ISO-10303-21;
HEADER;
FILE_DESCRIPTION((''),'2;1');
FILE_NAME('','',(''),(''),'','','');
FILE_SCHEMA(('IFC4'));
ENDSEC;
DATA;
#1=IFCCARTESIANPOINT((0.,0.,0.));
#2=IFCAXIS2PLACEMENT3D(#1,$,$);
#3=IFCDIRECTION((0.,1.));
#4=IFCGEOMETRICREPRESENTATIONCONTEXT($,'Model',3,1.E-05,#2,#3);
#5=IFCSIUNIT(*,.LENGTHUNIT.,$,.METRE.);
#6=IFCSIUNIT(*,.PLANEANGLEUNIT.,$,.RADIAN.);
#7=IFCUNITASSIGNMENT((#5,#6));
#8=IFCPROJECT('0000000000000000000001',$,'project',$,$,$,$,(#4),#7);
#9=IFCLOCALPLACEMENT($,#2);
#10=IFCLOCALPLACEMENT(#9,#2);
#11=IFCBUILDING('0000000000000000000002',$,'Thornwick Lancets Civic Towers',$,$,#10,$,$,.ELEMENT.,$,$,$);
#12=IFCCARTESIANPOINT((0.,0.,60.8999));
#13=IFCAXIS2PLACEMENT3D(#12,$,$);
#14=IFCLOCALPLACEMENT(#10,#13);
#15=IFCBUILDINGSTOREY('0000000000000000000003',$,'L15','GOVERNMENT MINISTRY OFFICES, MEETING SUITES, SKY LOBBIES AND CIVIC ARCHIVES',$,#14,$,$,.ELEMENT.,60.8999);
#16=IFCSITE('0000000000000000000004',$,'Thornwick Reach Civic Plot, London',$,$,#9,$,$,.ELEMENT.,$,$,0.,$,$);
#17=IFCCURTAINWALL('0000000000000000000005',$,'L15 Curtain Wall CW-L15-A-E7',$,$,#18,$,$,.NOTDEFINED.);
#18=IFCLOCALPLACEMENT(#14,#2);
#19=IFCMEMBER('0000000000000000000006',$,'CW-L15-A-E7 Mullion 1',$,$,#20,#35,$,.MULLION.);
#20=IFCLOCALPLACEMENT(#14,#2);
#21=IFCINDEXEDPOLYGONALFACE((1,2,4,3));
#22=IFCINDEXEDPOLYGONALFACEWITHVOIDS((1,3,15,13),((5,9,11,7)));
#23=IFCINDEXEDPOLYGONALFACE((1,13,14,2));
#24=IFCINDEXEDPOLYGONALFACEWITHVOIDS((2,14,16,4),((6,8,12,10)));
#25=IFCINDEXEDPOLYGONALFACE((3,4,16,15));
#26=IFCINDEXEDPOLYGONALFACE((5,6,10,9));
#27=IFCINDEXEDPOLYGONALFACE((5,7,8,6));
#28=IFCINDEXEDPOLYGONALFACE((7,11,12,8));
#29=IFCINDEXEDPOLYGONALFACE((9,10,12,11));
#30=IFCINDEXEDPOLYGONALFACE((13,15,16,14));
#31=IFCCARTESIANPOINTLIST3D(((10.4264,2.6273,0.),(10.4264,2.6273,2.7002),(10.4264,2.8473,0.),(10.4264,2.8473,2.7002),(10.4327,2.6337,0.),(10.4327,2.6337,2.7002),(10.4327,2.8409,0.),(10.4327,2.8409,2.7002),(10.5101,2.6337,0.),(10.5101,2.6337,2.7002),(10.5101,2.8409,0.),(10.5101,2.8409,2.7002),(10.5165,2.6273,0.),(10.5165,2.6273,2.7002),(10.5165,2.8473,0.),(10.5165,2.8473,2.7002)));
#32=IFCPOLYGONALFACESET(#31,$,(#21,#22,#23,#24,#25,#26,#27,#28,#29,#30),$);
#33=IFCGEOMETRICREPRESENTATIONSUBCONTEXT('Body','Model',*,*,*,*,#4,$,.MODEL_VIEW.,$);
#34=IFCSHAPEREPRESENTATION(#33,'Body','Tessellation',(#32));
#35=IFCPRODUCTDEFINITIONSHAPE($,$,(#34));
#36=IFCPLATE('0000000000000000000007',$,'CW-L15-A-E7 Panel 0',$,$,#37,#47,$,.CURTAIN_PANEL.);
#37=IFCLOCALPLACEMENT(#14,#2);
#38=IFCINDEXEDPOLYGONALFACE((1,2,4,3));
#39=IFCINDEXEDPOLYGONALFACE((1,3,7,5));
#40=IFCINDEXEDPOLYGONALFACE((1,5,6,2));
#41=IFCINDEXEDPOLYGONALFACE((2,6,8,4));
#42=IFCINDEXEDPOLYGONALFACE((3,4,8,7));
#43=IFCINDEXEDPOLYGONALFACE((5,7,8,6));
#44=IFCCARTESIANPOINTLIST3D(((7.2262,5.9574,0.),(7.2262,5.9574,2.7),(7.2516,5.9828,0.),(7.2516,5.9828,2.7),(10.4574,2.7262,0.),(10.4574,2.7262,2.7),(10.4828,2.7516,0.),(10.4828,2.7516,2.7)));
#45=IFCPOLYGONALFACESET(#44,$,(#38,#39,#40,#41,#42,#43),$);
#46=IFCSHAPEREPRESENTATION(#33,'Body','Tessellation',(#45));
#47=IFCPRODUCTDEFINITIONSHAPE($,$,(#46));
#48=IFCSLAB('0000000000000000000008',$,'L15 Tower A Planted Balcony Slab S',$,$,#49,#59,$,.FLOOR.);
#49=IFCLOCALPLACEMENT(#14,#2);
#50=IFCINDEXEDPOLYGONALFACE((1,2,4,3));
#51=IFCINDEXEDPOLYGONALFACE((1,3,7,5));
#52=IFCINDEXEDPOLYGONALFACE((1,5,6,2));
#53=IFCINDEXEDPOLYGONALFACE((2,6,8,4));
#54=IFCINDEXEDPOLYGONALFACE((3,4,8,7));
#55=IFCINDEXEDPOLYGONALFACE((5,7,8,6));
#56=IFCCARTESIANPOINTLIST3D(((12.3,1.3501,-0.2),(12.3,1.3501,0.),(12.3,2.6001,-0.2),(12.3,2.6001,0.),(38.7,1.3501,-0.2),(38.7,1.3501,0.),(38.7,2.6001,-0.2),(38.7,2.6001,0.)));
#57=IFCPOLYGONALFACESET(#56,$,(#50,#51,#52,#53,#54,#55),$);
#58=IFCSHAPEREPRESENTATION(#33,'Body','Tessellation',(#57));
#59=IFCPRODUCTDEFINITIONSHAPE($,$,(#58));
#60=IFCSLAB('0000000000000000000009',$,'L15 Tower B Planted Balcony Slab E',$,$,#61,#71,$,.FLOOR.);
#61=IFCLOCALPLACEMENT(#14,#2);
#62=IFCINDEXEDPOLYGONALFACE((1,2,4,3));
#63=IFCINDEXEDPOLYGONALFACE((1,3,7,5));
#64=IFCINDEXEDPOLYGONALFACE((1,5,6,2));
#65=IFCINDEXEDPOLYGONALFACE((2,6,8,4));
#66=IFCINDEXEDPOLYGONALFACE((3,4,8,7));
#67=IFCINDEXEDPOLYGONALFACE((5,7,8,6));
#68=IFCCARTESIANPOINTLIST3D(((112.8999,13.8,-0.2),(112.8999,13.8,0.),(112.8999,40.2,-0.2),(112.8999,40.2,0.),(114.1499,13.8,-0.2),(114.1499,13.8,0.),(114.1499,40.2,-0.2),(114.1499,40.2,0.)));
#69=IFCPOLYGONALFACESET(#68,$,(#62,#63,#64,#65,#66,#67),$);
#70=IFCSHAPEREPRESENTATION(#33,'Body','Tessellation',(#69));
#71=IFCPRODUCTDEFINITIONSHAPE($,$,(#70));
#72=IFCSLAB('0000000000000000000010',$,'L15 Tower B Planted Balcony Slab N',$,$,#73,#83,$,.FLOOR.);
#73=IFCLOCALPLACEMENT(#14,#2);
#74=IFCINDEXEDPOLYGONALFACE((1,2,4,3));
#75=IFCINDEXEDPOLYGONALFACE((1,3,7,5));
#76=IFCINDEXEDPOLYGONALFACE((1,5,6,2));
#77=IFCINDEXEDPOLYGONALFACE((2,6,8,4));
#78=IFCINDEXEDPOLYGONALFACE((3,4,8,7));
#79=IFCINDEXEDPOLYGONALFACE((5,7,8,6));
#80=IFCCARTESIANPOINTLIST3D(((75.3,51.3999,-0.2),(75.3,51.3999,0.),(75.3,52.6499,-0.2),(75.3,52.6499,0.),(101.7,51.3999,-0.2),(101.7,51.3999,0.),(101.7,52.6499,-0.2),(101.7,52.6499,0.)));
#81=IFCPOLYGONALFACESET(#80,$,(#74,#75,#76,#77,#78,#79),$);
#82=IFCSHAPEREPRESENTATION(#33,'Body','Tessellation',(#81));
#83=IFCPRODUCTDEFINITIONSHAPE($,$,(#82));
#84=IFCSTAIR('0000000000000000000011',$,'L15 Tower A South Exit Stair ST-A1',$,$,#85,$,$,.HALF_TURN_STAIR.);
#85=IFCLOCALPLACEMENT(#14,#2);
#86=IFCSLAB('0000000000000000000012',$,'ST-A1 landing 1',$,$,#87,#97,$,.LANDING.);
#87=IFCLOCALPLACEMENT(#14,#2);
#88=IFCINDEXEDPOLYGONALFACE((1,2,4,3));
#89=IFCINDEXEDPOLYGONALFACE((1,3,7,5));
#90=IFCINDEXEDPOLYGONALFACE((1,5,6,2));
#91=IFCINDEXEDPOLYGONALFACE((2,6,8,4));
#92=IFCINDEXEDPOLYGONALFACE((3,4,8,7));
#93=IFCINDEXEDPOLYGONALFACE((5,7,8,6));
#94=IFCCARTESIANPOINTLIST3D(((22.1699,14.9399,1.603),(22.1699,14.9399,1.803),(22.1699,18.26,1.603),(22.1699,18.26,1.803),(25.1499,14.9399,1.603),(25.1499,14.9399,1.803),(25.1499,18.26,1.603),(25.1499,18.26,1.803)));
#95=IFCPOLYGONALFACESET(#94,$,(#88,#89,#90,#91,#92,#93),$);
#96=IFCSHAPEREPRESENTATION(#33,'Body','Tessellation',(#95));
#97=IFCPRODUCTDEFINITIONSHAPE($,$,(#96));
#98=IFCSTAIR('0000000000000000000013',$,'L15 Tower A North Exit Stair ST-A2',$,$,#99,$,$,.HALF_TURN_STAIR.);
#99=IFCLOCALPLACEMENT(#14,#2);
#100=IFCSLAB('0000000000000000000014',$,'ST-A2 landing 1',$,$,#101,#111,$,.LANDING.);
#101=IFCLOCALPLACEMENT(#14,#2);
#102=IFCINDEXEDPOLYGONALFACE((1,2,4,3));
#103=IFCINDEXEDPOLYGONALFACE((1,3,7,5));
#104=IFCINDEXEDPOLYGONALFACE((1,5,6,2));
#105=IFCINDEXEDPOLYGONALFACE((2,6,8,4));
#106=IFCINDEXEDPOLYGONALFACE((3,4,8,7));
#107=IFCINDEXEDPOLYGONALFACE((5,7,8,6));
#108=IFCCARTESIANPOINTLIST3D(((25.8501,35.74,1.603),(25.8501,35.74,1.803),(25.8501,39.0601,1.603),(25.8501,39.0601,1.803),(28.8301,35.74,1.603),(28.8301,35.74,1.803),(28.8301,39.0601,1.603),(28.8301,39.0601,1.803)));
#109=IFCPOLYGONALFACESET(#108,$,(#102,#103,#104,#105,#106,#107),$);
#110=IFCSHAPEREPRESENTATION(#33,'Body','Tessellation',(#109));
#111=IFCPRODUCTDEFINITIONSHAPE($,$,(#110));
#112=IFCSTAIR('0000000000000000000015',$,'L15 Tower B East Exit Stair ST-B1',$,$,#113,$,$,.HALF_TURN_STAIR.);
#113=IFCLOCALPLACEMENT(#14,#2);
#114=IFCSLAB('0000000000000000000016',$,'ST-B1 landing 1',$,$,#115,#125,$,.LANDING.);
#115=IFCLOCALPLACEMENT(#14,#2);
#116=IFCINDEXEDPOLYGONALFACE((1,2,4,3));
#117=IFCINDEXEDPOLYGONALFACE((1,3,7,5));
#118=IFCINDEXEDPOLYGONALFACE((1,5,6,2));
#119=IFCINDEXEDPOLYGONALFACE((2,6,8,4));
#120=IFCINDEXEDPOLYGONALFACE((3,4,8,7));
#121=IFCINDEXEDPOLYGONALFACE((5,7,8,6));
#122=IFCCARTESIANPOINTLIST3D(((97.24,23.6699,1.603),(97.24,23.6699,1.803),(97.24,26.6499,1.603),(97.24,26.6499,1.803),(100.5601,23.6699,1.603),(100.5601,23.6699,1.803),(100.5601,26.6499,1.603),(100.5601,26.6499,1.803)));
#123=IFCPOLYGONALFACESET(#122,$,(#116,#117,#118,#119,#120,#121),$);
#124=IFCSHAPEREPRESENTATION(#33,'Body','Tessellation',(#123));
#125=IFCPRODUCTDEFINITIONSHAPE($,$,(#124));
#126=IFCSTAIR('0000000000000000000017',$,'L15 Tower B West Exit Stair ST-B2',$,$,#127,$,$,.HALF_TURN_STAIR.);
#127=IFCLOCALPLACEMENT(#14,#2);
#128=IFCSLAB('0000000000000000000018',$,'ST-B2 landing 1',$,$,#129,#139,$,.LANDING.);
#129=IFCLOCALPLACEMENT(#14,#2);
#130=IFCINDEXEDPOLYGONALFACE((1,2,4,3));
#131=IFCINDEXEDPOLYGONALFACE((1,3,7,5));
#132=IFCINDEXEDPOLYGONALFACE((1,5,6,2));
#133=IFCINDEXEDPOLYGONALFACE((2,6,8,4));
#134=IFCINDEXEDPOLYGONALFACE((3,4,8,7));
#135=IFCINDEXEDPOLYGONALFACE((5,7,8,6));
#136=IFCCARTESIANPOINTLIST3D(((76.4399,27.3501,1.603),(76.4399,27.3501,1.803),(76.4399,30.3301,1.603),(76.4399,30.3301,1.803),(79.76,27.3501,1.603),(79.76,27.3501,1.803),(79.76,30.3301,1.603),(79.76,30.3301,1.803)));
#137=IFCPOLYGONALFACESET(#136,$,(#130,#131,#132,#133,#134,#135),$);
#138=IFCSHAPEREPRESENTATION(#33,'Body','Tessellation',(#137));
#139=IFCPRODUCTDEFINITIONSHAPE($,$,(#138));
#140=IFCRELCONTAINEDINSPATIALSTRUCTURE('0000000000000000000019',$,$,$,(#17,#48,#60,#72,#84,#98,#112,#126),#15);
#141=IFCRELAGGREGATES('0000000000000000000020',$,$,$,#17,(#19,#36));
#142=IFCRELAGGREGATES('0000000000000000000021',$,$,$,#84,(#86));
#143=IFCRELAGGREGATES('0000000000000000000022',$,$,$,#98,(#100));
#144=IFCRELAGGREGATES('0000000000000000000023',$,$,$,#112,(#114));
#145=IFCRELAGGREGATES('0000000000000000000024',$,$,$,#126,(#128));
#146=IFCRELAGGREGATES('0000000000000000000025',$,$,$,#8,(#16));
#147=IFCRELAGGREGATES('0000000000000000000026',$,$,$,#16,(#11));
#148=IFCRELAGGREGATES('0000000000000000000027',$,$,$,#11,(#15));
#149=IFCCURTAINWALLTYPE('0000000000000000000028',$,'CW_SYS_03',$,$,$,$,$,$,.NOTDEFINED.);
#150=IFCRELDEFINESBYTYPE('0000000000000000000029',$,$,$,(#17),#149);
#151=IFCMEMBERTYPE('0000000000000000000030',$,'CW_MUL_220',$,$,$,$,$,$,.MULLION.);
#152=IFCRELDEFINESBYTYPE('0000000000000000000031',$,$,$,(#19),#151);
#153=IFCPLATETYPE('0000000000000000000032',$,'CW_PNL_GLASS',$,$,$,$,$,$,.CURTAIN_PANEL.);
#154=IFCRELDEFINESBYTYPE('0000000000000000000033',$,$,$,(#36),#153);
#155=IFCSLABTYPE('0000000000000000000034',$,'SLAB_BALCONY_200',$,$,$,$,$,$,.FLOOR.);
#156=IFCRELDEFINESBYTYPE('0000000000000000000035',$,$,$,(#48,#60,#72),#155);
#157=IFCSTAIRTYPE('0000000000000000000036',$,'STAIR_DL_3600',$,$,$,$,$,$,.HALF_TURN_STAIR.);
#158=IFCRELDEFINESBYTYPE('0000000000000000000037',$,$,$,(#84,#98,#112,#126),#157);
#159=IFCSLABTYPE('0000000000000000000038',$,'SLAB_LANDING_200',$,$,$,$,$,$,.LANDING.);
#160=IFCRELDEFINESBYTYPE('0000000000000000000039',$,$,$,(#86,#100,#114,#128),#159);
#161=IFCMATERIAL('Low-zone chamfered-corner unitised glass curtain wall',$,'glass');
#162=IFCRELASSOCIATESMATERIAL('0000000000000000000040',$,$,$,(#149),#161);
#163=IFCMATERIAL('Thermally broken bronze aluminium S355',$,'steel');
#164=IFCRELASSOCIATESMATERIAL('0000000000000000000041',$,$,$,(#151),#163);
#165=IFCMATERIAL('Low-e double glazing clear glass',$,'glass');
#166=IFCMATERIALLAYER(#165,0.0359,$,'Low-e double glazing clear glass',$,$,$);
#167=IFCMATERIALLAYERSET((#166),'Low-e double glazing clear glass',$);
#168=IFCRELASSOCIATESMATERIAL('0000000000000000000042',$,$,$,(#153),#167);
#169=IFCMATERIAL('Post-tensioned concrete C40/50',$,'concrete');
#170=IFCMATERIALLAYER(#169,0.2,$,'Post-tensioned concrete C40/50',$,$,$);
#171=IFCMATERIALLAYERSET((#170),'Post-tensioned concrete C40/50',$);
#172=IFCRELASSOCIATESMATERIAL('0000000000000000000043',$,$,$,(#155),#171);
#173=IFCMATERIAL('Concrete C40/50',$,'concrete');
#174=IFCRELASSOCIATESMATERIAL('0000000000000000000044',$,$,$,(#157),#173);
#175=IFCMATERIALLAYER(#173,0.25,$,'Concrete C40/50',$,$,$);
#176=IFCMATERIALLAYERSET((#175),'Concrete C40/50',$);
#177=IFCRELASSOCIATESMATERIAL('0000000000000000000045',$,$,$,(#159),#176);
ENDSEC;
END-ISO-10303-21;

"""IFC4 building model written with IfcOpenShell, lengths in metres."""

from ifc_helpers import new_model, si_unit, direction, frame, origin, origin_2d, place, context, subcontext, project, spatial, polyline, rectangle, hollow_rectangle, outline, extrude, material, layer, layer_set, material_profile, profile_set, type_object, element, aggregate, save


model = new_model("IFC4")

# Units and contexts
model_context = context("Model", 3, precision=1e-05, world=origin(), true_north=direction((0.0, 1.0)))
body_context = subcontext(model_context, "Body", "Model", "MODEL_VIEW")
ifc_project = project(units=[si_unit("LENGTHUNIT", "METRE"), si_unit("PLANEANGLEUNIT", "RADIAN")], contexts=[model_context])

# Site, building, storey
site_placement = place(None, origin())
site = spatial("IfcSite", under=ifc_project, at=site_placement, Name="Thornwick Reach Civic Plot, London", CompositionType="ELEMENT", RefElevation=0.0)
building_placement = place(site_placement, origin())
building = spatial("IfcBuilding", under=site, at=building_placement, Name="Thornwick Lancets Civic Towers", CompositionType="ELEMENT")
storey_placement = place(building_placement, frame((0.0, 0.0, 60.8999)))
storey = spatial("IfcBuildingStorey", under=building, at=storey_placement, Name="L15", Description="GOVERNMENT MINISTRY OFFICES, MEETING SUITES, SKY LOBBIES AND CIVIC ARCHIVES", CompositionType="ELEMENT", Elevation=60.8999)

# Curtain wall, member, plate
ifc_material_1 = material(Name="Low-zone chamfered-corner unitised glass curtain wall", Category="glass")
curtain_wall_type = type_object("IfcCurtainWallType", Name="CW_SYS_03", PredefinedType="NOTDEFINED", material=ifc_material_1)
curtain_wall_placement = place(storey_placement, origin())
curtain_wall = element("IfcCurtainWall", 1, at=curtain_wall_placement, inside=storey, type_object=curtain_wall_type, Name="L15 Curtain Wall CW-L15-A-E7", PredefinedType="NOTDEFINED")
ifc_material_2 = material(Name="Thermally broken bronze aluminium S355", Category="steel")
ifc_material_profile = material_profile(ifc_material_2, hollow_rectangle(XDim=0.0901, YDim=0.22, WallThickness=0.0063, at=origin_2d()), Name="RHS 220x90x6.3")
ifc_profile_set = profile_set([ifc_material_profile], Name="Thermally broken bronze aluminium S355")
member_type = type_object("IfcMemberType", Name="CW_MUL_220", PredefinedType="MULLION", material=ifc_profile_set)
member_placement = place(storey_placement, frame((10.4714, 2.7373, 0.0), z_axis=(0.0, 0.0, 1.0), x_axis=(1.0, 0.0, 0.0)))
member = element("IfcMember", 2, at=member_placement, type_object=member_type, Name="CW-L15-A-E7 Mullion 1", PredefinedType="MULLION", context=body_context, shape_type="SweptSolid", body=[
    extrude(hollow_rectangle(XDim=0.0901, YDim=0.22, WallThickness=0.0063, at=origin_2d()), origin(), (0.0, 0.0, 1.0), 2.7002),
])
ifc_material_3 = material(Name="Low-e double glazing clear glass", Category="glass")
ifc_layer_1 = layer(ifc_material_3, 0.0359, Name="Low-e double glazing clear glass")
ifc_layer_set_1 = layer_set([ifc_layer_1], Name="Low-e double glazing clear glass")
plate_type = type_object("IfcPlateType", Name="CW_PNL_GLASS", PredefinedType="CURTAIN_PANEL", material=ifc_layer_set_1)
plate_placement = place(storey_placement, frame((8.8545, 4.3545, 0.0), z_axis=(0.0, 0.0, 1.0), x_axis=(0.707107, -0.707107, 0.0)))
plate = element("IfcPlate", 3, at=plate_placement, type_object=plate_type, Name="CW-L15-A-E7 Panel 0", PredefinedType="CURTAIN_PANEL", context=body_context, shape_type="SweptSolid", body=[
    extrude(rectangle(XDim=4.5696, YDim=0.0359, at=origin_2d()), origin(), (0.0, 0.0, 1.0), 2.7),
])
aggregate(curtain_wall, [member, plate])

# Slabs
ifc_material_4 = material(Name="Post-tensioned concrete C40/50", Category="concrete")
ifc_layer_2 = layer(ifc_material_4, 0.2, Name="Post-tensioned concrete C40/50")
ifc_layer_set_2 = layer_set([ifc_layer_2], Name="Post-tensioned concrete C40/50")
slab_type_1 = type_object("IfcSlabType", Name="SLAB_BALCONY_200", PredefinedType="FLOOR", material=ifc_layer_set_2)
slab_1_placement = place(storey_placement, frame((0.0, 0.0, -0.2)))
element("IfcSlab", 4, at=slab_1_placement, inside=storey, type_object=slab_type_1, Name="L15 Tower A Planted Balcony Slab S", PredefinedType="FLOOR", context=body_context, shape_type="SweptSolid", body=[
    extrude(outline(polyline([(12.3, 1.3501), (38.7, 1.3501), (38.7, 2.6001), (12.3, 2.6001), (12.3, 1.3501)])), origin(), (0.0, 0.0, 1.0), 0.2),
])
slab_2_placement = place(storey_placement, frame((0.0, 0.0, -0.2)))
element("IfcSlab", 5, at=slab_2_placement, inside=storey, type_object=slab_type_1, Name="L15 Tower B Planted Balcony Slab E", PredefinedType="FLOOR", context=body_context, shape_type="SweptSolid", body=[
    extrude(outline(polyline([(112.8999, 13.8), (114.1499, 13.8), (114.1499, 40.2), (112.8999, 40.2), (112.8999, 13.8)])), origin(), (0.0, 0.0, 1.0), 0.2),
])
slab_3_placement = place(storey_placement, frame((0.0, 0.0, -0.2)))
element("IfcSlab", 6, at=slab_3_placement, inside=storey, type_object=slab_type_1, Name="L15 Tower B Planted Balcony Slab N", PredefinedType="FLOOR", context=body_context, shape_type="SweptSolid", body=[
    extrude(outline(polyline([(75.3, 51.3999), (101.7, 51.3999), (101.7, 52.6499), (75.3, 52.6499), (75.3, 51.3999)])), origin(), (0.0, 0.0, 1.0), 0.2),
])

# Stairs, slabs
ifc_material_5 = material(Name="Concrete C40/50", Category="concrete")
stair_type = type_object("IfcStairType", Name="STAIR_DL_3600", PredefinedType="HALF_TURN_STAIR", material=ifc_material_5)
stair_1_placement = place(storey_placement, origin())
stair_1 = element("IfcStair", 7, at=stair_1_placement, inside=storey, type_object=stair_type, Name="L15 Tower A South Exit Stair ST-A1", PredefinedType="HALF_TURN_STAIR")
ifc_layer_3 = layer(ifc_material_5, 0.25, Name="Concrete C40/50")
ifc_layer_set_3 = layer_set([ifc_layer_3], Name="Concrete C40/50")
slab_type_2 = type_object("IfcSlabType", Name="SLAB_LANDING_200", PredefinedType="LANDING", material=ifc_layer_set_3)
slab_4_placement = place(storey_placement, frame((0.0, 0.0, 1.603)))
slab_4 = element("IfcSlab", 8, at=slab_4_placement, type_object=slab_type_2, Name="ST-A1 landing 1", PredefinedType="LANDING", context=body_context, shape_type="SweptSolid", body=[
    extrude(outline(polyline([(22.1699, 14.9399), (25.1499, 14.9399), (25.1499, 18.26), (22.1699, 18.26), (22.1699, 14.9399)])), origin(), (0.0, 0.0, 1.0), 0.2),
])
aggregate(stair_1, [slab_4])
stair_2_placement = place(storey_placement, origin())
stair_2 = element("IfcStair", 9, at=stair_2_placement, inside=storey, type_object=stair_type, Name="L15 Tower A North Exit Stair ST-A2", PredefinedType="HALF_TURN_STAIR")
slab_5_placement = place(storey_placement, frame((0.0, 0.0, 1.603)))
slab_5 = element("IfcSlab", 10, at=slab_5_placement, type_object=slab_type_2, Name="ST-A2 landing 1", PredefinedType="LANDING", context=body_context, shape_type="SweptSolid", body=[
    extrude(outline(polyline([(28.8301, 39.0601), (25.8501, 39.0601), (25.8501, 35.74), (28.8301, 35.74), (28.8301, 39.0601)])), origin(), (0.0, 0.0, 1.0), 0.2),
])
aggregate(stair_2, [slab_5])
stair_3_placement = place(storey_placement, origin())
stair_3 = element("IfcStair", 11, at=stair_3_placement, inside=storey, type_object=stair_type, Name="L15 Tower B East Exit Stair ST-B1", PredefinedType="HALF_TURN_STAIR")
slab_6_placement = place(storey_placement, frame((0.0, 0.0, 1.603)))
slab_6 = element("IfcSlab", 12, at=slab_6_placement, type_object=slab_type_2, Name="ST-B1 landing 1", PredefinedType="LANDING", context=body_context, shape_type="SweptSolid", body=[
    extrude(outline(polyline([(100.5601, 23.6699), (100.5601, 26.6499), (97.24, 26.6499), (97.24, 23.6699), (100.5601, 23.6699)])), origin(), (0.0, 0.0, 1.0), 0.2),
])
aggregate(stair_3, [slab_6])
stair_4_placement = place(storey_placement, origin())
stair_4 = element("IfcStair", 13, at=stair_4_placement, inside=storey, type_object=stair_type, Name="L15 Tower B West Exit Stair ST-B2", PredefinedType="HALF_TURN_STAIR")
slab_7_placement = place(storey_placement, frame((0.0, 0.0, 1.603)))
slab_7 = element("IfcSlab", 14, at=slab_7_placement, type_object=slab_type_2, Name="ST-B2 landing 1", PredefinedType="LANDING", context=body_context, shape_type="SweptSolid", body=[
    extrude(outline(polyline([(76.4399, 30.3301), (76.4399, 27.3501), (79.76, 27.3501), (79.76, 30.3301), (76.4399, 30.3301)])), origin(), (0.0, 0.0, 1.0), 0.2),
])
aggregate(stair_4, [slab_7])

save(model, "model.ifc")
